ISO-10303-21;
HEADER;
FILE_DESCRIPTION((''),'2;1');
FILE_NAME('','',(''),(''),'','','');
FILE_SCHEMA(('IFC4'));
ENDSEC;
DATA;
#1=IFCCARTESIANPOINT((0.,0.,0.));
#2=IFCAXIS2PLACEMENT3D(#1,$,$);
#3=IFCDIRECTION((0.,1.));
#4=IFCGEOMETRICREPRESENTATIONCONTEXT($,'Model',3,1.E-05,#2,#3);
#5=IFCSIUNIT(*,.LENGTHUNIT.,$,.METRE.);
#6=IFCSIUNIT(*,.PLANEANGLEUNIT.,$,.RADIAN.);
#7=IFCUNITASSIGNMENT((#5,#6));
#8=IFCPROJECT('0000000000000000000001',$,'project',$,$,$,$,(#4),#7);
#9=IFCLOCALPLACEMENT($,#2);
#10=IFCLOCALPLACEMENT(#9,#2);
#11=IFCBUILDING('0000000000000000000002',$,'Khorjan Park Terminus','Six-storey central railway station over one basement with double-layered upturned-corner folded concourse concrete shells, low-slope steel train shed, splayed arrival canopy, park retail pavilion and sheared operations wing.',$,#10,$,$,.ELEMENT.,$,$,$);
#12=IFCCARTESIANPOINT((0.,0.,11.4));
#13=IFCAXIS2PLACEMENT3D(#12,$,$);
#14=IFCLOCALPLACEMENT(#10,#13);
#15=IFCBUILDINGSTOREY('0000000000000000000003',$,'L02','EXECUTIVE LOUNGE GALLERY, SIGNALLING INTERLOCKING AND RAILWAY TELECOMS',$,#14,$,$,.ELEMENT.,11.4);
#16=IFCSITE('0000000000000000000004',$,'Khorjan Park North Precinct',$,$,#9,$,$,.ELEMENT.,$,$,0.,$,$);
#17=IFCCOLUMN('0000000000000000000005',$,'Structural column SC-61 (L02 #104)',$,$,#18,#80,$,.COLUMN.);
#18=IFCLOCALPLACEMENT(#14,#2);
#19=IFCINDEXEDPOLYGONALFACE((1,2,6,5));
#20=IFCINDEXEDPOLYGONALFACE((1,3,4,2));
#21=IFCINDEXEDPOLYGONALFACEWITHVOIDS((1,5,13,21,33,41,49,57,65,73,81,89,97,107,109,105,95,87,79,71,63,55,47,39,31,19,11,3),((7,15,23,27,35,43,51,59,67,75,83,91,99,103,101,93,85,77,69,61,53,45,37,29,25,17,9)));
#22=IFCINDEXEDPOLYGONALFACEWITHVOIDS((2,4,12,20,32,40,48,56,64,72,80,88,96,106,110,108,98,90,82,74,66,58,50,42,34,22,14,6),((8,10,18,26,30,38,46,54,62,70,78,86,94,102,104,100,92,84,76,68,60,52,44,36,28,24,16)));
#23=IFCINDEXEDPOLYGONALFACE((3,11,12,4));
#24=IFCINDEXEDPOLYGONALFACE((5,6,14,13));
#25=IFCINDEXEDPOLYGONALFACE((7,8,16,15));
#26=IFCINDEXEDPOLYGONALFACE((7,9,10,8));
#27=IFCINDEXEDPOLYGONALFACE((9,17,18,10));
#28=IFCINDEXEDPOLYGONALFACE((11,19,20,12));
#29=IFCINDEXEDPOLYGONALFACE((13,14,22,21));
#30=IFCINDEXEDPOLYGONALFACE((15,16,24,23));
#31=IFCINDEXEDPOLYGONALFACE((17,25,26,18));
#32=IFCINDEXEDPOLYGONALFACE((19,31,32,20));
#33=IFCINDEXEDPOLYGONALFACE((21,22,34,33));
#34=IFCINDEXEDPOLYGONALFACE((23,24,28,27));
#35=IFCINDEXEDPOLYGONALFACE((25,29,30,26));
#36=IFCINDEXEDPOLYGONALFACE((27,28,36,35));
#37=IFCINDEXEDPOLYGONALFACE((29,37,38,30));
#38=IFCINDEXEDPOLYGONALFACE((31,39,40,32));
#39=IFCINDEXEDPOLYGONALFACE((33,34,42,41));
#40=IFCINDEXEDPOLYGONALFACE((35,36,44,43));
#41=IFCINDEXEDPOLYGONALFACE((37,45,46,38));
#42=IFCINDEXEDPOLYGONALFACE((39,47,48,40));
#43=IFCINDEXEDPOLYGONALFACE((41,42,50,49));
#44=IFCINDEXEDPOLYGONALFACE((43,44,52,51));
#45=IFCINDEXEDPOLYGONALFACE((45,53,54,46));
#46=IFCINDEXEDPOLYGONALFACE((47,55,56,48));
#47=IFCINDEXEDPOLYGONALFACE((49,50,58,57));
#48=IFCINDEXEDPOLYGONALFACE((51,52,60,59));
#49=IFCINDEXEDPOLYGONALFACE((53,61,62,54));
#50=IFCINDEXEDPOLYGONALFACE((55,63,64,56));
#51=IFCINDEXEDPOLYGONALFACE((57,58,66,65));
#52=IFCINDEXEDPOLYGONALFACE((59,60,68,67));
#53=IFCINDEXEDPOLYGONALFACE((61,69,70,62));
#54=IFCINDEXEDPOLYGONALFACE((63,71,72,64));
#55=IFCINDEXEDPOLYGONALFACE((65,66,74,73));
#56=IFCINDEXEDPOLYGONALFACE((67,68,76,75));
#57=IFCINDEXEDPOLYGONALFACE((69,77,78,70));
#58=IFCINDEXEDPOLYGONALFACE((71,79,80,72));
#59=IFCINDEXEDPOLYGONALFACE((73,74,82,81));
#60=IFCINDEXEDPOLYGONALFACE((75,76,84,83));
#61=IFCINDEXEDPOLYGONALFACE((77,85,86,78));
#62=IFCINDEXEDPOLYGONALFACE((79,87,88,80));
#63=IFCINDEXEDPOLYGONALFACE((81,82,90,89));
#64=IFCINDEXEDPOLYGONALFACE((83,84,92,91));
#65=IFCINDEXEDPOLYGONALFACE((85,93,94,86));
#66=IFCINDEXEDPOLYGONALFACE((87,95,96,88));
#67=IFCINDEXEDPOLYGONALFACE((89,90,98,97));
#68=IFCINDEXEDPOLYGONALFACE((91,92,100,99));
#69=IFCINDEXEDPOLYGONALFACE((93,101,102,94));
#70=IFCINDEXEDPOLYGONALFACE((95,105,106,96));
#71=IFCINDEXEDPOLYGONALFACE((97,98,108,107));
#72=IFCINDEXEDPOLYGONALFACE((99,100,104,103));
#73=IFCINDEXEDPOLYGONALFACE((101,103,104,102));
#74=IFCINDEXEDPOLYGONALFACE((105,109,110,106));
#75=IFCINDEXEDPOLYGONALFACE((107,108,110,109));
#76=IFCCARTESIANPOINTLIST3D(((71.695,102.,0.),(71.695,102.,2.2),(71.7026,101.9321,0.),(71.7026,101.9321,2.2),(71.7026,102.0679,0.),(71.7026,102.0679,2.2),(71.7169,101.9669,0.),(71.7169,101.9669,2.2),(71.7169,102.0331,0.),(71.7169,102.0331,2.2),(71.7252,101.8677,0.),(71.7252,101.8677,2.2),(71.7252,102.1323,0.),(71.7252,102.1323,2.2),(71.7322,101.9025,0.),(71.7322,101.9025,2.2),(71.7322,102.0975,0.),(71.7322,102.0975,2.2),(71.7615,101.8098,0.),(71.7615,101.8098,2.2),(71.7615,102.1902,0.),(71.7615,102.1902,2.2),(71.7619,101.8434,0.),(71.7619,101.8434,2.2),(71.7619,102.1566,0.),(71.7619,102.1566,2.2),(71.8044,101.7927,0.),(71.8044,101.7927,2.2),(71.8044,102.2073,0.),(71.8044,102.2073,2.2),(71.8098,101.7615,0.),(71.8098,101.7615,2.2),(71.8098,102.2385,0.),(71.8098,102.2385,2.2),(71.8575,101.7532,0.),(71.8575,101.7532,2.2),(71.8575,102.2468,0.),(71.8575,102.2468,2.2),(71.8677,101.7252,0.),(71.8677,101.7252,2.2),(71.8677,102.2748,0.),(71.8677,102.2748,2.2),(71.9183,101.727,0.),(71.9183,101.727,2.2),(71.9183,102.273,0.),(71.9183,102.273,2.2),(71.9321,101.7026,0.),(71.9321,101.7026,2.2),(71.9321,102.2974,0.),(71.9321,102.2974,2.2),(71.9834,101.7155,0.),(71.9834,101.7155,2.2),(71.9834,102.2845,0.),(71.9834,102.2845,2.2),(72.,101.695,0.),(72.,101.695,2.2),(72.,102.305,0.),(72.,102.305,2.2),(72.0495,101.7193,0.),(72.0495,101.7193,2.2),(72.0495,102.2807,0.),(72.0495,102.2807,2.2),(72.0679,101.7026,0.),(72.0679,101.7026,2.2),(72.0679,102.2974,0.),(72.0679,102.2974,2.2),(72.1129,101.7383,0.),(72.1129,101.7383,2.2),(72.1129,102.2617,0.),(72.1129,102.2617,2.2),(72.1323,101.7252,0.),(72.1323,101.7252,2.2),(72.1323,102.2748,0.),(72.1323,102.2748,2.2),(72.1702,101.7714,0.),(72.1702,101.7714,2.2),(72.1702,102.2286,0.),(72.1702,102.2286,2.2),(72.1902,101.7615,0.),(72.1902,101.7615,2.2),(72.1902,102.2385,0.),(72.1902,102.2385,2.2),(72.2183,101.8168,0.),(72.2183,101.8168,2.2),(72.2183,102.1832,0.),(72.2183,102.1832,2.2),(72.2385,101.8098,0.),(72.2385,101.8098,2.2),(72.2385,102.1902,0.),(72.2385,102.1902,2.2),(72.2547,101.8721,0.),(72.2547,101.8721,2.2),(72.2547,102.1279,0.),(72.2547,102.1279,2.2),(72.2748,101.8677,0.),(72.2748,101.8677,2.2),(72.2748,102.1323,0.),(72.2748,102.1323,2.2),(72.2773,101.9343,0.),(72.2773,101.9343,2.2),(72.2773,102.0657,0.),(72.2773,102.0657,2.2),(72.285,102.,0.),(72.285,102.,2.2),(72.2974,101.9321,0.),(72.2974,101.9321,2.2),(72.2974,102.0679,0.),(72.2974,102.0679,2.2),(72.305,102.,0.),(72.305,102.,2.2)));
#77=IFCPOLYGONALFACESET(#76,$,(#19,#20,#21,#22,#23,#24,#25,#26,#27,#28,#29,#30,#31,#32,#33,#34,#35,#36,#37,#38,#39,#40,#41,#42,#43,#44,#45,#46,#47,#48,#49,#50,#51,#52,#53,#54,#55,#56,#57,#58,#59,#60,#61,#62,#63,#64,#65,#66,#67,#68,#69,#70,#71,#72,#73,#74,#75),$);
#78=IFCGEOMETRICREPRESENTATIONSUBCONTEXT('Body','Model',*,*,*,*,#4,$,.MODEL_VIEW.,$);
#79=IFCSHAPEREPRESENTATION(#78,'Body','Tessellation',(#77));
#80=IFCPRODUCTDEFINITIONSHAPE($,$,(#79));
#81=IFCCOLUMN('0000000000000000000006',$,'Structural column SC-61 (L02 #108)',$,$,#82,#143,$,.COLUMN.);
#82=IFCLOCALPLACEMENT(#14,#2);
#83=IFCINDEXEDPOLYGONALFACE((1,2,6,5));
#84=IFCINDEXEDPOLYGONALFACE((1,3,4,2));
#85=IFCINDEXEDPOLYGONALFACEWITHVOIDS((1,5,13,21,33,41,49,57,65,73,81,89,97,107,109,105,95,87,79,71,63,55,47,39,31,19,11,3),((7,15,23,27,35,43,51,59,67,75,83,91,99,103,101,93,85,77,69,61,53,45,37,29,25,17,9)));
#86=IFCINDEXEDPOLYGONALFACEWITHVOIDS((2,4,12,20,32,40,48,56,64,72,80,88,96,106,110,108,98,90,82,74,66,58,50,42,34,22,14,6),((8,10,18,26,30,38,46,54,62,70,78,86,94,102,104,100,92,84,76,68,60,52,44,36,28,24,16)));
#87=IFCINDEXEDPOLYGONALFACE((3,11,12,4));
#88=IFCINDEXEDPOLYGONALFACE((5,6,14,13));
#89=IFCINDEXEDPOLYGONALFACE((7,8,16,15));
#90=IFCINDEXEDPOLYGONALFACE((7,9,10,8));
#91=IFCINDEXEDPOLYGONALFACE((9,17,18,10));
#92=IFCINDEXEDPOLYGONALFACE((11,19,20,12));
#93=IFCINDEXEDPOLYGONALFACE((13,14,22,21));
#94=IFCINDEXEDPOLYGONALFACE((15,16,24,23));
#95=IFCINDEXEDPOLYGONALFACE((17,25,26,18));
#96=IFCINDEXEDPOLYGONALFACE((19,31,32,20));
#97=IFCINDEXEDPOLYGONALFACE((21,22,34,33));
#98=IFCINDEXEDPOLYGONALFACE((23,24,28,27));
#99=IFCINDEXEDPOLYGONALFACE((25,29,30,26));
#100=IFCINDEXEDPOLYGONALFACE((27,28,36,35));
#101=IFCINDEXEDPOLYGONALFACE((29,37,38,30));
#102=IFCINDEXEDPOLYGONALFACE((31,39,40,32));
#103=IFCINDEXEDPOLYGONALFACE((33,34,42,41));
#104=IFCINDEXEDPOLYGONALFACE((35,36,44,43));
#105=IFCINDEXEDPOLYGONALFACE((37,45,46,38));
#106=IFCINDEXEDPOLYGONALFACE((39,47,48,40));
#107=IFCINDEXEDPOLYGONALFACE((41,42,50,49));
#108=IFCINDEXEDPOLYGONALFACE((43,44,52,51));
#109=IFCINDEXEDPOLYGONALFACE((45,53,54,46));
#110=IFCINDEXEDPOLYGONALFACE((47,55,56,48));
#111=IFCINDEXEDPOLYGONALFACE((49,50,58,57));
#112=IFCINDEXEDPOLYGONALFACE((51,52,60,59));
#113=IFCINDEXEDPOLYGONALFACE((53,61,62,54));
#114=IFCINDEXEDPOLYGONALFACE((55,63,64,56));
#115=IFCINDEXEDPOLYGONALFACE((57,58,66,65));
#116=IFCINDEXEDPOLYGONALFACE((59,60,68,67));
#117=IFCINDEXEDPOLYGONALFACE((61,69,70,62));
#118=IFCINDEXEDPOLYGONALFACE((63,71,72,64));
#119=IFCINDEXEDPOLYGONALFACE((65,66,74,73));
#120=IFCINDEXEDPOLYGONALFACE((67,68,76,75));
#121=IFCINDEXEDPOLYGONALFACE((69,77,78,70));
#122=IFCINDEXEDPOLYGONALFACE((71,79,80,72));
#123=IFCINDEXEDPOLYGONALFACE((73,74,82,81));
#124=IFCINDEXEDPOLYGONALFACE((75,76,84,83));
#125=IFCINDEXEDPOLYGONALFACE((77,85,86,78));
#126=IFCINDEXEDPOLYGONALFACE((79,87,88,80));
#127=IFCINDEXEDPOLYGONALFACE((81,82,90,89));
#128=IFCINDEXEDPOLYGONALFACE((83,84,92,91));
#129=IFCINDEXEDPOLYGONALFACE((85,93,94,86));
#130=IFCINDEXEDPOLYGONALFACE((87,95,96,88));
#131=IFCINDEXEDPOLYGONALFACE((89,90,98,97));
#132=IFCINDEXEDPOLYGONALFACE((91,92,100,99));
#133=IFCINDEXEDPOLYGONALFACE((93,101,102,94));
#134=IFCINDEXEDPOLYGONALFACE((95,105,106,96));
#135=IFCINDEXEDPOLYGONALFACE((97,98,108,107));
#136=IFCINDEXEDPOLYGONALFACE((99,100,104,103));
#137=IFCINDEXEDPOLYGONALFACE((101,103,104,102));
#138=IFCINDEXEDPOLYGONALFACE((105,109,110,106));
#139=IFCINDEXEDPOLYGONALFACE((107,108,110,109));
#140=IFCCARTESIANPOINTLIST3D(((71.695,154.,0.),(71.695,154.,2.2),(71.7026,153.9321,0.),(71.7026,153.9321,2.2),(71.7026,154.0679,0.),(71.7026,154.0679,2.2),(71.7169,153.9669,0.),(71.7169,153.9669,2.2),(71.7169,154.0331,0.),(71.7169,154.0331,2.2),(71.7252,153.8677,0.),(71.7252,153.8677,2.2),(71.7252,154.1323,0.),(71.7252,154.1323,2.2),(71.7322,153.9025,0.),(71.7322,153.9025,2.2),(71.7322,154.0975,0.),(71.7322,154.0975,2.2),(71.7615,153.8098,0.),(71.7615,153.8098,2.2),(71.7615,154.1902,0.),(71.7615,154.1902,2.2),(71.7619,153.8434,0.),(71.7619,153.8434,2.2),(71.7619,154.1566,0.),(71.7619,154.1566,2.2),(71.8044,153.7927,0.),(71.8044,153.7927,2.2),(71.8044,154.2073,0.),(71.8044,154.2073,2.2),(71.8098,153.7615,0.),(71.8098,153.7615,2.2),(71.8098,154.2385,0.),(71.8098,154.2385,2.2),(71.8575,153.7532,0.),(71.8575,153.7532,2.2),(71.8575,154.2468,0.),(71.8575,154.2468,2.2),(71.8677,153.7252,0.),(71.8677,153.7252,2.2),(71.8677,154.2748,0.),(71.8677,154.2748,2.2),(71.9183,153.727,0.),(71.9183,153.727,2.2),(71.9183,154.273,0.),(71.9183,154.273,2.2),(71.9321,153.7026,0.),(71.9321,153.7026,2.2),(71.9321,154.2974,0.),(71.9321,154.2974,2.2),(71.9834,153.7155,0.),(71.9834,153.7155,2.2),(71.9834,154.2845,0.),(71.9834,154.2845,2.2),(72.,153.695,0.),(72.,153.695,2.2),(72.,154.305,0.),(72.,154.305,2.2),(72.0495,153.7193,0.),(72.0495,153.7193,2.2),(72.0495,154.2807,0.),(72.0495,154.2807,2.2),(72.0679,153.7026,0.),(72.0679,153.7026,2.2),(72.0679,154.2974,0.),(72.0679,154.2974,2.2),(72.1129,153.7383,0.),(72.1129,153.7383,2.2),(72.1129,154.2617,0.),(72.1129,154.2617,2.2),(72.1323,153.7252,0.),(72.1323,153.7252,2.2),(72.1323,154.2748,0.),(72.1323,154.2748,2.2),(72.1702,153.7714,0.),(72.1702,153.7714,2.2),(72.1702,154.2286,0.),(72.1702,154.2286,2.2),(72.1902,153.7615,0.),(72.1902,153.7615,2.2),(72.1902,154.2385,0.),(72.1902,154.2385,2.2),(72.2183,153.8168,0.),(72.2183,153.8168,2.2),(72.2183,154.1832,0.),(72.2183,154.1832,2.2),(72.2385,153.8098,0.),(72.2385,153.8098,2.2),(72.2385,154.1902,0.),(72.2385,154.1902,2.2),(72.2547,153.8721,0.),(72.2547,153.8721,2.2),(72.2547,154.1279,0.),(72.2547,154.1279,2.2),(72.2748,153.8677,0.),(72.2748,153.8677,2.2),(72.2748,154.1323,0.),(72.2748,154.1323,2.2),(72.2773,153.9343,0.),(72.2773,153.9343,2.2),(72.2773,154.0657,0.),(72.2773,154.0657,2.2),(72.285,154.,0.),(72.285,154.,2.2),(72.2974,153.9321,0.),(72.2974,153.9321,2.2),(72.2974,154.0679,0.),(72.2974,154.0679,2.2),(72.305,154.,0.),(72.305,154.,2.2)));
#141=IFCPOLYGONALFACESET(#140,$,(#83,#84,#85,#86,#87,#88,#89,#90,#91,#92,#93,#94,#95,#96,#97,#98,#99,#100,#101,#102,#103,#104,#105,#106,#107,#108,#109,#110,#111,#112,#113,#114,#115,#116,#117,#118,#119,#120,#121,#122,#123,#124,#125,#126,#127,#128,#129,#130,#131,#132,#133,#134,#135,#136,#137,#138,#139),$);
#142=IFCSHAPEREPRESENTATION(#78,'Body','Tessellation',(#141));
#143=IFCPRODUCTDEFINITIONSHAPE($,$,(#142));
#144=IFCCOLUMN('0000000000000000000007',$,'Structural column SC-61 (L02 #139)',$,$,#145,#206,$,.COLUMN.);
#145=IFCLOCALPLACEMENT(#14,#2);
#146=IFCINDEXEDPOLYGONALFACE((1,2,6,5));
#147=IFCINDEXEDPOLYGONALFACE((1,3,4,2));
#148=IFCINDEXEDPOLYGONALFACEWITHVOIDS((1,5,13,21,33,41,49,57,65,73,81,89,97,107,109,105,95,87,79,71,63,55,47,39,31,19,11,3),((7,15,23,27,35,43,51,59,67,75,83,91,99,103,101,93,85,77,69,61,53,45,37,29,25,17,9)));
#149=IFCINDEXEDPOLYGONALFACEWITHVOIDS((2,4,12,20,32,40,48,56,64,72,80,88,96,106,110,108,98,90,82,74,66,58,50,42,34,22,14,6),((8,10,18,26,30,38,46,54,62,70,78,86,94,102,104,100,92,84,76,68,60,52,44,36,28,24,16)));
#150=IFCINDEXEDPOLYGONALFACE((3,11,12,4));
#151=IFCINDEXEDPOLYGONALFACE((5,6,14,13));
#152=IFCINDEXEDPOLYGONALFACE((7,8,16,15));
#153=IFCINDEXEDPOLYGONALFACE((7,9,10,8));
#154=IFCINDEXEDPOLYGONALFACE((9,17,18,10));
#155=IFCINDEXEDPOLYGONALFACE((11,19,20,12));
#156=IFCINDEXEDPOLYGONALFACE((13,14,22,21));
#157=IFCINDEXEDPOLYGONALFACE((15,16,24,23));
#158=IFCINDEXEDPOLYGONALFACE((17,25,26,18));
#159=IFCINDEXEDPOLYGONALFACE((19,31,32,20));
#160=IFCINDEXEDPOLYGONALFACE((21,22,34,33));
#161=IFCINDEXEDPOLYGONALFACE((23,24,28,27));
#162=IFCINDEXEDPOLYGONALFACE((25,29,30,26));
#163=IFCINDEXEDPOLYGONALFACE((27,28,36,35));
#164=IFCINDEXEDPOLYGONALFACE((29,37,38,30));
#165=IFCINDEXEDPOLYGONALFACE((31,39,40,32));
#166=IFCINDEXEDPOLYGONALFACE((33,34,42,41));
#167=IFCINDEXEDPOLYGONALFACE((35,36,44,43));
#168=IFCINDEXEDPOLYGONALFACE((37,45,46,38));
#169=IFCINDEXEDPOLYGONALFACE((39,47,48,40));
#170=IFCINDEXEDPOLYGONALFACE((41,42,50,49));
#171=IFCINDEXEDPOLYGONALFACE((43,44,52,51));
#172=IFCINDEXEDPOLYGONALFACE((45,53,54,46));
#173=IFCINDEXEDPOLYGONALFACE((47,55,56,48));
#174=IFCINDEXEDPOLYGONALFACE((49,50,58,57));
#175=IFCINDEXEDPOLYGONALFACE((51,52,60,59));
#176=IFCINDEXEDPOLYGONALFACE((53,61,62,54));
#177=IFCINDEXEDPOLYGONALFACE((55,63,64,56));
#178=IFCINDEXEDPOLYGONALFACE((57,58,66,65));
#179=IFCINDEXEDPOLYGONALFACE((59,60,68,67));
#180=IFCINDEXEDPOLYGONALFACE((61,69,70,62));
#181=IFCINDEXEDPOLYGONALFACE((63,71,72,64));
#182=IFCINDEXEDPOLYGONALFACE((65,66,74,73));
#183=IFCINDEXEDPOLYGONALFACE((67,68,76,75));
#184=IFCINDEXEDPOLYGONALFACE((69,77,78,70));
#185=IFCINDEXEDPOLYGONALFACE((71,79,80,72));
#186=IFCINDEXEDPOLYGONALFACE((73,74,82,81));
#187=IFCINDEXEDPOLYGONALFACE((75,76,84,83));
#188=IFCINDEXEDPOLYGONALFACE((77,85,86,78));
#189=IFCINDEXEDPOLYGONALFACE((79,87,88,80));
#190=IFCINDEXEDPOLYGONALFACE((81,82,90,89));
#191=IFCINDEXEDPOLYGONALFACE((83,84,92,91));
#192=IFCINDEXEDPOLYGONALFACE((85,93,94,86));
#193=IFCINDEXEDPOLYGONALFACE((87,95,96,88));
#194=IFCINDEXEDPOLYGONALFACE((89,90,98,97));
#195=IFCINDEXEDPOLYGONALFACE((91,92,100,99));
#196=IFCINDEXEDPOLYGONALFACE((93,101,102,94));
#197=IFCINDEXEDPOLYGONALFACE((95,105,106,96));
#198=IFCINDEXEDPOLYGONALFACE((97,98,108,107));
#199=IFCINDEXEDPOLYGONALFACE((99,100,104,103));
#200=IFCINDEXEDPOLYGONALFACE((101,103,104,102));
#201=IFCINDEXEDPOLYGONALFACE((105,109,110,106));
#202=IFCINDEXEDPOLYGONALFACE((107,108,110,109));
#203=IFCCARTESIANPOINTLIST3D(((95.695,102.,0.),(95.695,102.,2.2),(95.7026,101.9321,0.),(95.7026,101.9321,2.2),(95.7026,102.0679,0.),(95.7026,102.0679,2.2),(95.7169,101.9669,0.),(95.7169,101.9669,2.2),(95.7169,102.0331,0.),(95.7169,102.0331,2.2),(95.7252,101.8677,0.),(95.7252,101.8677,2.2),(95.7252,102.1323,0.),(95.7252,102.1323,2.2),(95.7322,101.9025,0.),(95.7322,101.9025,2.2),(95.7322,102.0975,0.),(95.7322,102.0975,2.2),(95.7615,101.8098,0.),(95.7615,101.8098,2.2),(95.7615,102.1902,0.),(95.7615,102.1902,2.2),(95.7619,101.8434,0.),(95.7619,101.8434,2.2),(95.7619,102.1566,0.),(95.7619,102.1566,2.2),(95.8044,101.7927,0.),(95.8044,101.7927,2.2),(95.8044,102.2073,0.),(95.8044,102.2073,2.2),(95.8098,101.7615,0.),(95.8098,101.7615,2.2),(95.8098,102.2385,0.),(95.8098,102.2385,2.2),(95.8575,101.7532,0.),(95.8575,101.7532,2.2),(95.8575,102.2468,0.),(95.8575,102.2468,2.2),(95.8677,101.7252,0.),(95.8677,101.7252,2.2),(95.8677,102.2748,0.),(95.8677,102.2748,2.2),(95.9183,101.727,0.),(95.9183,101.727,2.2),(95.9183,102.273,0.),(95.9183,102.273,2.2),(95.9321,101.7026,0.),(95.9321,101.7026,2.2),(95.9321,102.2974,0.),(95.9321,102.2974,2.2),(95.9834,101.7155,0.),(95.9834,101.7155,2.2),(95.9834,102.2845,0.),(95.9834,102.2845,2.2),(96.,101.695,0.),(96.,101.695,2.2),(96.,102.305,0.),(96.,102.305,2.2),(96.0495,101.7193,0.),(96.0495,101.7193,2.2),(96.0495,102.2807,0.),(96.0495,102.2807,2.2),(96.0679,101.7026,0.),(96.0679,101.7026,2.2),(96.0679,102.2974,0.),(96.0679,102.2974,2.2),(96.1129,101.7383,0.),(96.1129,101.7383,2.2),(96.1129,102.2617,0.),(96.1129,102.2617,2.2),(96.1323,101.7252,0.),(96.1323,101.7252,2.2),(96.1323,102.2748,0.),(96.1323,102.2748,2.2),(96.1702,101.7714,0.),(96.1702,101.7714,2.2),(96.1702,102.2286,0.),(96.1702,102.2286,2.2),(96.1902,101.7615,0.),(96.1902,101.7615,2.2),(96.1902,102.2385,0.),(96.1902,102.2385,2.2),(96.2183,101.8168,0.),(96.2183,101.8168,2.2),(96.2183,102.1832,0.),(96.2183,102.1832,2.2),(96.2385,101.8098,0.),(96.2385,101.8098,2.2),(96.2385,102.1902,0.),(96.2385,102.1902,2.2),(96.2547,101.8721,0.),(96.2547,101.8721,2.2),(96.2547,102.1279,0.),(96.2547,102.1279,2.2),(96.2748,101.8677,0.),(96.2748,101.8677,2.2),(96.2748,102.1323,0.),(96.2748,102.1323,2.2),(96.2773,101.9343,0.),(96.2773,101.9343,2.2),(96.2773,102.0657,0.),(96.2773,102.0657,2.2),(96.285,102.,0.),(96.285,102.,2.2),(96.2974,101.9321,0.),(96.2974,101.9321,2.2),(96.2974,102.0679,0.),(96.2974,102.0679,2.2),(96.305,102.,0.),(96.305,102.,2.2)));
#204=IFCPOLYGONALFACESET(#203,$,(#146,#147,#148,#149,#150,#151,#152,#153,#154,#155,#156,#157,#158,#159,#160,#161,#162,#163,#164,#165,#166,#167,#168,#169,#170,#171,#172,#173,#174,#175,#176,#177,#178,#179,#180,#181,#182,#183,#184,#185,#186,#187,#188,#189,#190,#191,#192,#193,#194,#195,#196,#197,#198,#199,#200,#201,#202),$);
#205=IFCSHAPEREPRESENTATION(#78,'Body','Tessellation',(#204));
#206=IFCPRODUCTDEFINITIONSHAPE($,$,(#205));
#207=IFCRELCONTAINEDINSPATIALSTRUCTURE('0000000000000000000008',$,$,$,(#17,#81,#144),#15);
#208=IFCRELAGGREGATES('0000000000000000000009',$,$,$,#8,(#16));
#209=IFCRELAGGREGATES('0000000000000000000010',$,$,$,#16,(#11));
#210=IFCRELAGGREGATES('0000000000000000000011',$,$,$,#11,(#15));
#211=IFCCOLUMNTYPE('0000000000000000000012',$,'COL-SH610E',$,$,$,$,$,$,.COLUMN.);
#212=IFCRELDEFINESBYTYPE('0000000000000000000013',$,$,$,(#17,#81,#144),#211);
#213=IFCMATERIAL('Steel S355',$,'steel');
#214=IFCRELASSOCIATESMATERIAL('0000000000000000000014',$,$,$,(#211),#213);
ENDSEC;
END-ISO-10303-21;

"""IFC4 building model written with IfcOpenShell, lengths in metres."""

from ifc_helpers import new_model, si_unit, direction, frame, origin, origin_2d, place, context, subcontext, project, spatial, hollow_circle, extrude, material, material_profile, profile_set, type_object, element, save


model = new_model("IFC4")

# Units and contexts
model_context = context("Model", 3, precision=1e-05, world=origin(), true_north=direction((0.0, 1.0)))
body_context = subcontext(model_context, "Body", "Model", "MODEL_VIEW")
ifc_project = project(units=[si_unit("LENGTHUNIT", "METRE"), si_unit("PLANEANGLEUNIT", "RADIAN")], contexts=[model_context])

# Site, building, storey
site_placement = place(None, origin())
site = spatial("IfcSite", under=ifc_project, at=site_placement, Name="Khorjan Park North Precinct", CompositionType="ELEMENT", RefElevation=0.0)
building_placement = place(site_placement, origin())
building = spatial("IfcBuilding", under=site, at=building_placement, Name="Khorjan Park Terminus", Description="Six-storey central railway station over one basement with double-layered upturned-corner folded concourse concrete shells, low-slope steel train shed, splayed arrival canopy, park retail pavilion and sheared operations wing.", CompositionType="ELEMENT")
storey_placement = place(building_placement, frame((0.0, 0.0, 11.4)))
storey = spatial("IfcBuildingStorey", under=building, at=storey_placement, Name="L02", Description="EXECUTIVE LOUNGE GALLERY, SIGNALLING INTERLOCKING AND RAILWAY TELECOMS", CompositionType="ELEMENT", Elevation=11.4)

# Columns
ifc_material = material(Name="Steel S355", Category="steel")
ifc_material_profile_1 = material_profile(ifc_material, hollow_circle(Radius=0.305, WallThickness=0.02, at=origin_2d()), Name="CHS 610x20")
ifc_profile_set_1 = profile_set([ifc_material_profile_1], Name="Steel S355")
column_type_1 = type_object("IfcColumnType", Name="COL-SH610E", PredefinedType="COLUMN", material=ifc_profile_set_1)
for number, where, z_axis, x_axis, name in (
    (1, (72.0, 102.0, 0.0), (0.0, 0.0, 1.0), (1.0, 0.0, 0.0), "Structural column SC-61 (L02 #104)"),
    (2, (72.0, 154.0, 0.0), (0.0, 0.0, 1.0), (1.0, 0.0, 0.0), "Structural column SC-61 (L02 #108)"),
    (3, (96.0, 102.0, 0.0), (0.0, 0.0, 1.0), (1.0, 0.0, 0.0), "Structural column SC-61 (L02 #139)"),
):
    element("IfcColumn", number, at=place(storey_placement, frame(where, z_axis=z_axis, x_axis=x_axis)), inside=storey, type_object=column_type_1, Name=name, PredefinedType="COLUMN", context=body_context, shape_type="SweptSolid", body=[
        extrude(hollow_circle(Radius=0.305, WallThickness=0.02, at=origin_2d()), origin(), (0.0, 0.0, 1.0), 2.2),
    ])

save(model, "model.ifc")
